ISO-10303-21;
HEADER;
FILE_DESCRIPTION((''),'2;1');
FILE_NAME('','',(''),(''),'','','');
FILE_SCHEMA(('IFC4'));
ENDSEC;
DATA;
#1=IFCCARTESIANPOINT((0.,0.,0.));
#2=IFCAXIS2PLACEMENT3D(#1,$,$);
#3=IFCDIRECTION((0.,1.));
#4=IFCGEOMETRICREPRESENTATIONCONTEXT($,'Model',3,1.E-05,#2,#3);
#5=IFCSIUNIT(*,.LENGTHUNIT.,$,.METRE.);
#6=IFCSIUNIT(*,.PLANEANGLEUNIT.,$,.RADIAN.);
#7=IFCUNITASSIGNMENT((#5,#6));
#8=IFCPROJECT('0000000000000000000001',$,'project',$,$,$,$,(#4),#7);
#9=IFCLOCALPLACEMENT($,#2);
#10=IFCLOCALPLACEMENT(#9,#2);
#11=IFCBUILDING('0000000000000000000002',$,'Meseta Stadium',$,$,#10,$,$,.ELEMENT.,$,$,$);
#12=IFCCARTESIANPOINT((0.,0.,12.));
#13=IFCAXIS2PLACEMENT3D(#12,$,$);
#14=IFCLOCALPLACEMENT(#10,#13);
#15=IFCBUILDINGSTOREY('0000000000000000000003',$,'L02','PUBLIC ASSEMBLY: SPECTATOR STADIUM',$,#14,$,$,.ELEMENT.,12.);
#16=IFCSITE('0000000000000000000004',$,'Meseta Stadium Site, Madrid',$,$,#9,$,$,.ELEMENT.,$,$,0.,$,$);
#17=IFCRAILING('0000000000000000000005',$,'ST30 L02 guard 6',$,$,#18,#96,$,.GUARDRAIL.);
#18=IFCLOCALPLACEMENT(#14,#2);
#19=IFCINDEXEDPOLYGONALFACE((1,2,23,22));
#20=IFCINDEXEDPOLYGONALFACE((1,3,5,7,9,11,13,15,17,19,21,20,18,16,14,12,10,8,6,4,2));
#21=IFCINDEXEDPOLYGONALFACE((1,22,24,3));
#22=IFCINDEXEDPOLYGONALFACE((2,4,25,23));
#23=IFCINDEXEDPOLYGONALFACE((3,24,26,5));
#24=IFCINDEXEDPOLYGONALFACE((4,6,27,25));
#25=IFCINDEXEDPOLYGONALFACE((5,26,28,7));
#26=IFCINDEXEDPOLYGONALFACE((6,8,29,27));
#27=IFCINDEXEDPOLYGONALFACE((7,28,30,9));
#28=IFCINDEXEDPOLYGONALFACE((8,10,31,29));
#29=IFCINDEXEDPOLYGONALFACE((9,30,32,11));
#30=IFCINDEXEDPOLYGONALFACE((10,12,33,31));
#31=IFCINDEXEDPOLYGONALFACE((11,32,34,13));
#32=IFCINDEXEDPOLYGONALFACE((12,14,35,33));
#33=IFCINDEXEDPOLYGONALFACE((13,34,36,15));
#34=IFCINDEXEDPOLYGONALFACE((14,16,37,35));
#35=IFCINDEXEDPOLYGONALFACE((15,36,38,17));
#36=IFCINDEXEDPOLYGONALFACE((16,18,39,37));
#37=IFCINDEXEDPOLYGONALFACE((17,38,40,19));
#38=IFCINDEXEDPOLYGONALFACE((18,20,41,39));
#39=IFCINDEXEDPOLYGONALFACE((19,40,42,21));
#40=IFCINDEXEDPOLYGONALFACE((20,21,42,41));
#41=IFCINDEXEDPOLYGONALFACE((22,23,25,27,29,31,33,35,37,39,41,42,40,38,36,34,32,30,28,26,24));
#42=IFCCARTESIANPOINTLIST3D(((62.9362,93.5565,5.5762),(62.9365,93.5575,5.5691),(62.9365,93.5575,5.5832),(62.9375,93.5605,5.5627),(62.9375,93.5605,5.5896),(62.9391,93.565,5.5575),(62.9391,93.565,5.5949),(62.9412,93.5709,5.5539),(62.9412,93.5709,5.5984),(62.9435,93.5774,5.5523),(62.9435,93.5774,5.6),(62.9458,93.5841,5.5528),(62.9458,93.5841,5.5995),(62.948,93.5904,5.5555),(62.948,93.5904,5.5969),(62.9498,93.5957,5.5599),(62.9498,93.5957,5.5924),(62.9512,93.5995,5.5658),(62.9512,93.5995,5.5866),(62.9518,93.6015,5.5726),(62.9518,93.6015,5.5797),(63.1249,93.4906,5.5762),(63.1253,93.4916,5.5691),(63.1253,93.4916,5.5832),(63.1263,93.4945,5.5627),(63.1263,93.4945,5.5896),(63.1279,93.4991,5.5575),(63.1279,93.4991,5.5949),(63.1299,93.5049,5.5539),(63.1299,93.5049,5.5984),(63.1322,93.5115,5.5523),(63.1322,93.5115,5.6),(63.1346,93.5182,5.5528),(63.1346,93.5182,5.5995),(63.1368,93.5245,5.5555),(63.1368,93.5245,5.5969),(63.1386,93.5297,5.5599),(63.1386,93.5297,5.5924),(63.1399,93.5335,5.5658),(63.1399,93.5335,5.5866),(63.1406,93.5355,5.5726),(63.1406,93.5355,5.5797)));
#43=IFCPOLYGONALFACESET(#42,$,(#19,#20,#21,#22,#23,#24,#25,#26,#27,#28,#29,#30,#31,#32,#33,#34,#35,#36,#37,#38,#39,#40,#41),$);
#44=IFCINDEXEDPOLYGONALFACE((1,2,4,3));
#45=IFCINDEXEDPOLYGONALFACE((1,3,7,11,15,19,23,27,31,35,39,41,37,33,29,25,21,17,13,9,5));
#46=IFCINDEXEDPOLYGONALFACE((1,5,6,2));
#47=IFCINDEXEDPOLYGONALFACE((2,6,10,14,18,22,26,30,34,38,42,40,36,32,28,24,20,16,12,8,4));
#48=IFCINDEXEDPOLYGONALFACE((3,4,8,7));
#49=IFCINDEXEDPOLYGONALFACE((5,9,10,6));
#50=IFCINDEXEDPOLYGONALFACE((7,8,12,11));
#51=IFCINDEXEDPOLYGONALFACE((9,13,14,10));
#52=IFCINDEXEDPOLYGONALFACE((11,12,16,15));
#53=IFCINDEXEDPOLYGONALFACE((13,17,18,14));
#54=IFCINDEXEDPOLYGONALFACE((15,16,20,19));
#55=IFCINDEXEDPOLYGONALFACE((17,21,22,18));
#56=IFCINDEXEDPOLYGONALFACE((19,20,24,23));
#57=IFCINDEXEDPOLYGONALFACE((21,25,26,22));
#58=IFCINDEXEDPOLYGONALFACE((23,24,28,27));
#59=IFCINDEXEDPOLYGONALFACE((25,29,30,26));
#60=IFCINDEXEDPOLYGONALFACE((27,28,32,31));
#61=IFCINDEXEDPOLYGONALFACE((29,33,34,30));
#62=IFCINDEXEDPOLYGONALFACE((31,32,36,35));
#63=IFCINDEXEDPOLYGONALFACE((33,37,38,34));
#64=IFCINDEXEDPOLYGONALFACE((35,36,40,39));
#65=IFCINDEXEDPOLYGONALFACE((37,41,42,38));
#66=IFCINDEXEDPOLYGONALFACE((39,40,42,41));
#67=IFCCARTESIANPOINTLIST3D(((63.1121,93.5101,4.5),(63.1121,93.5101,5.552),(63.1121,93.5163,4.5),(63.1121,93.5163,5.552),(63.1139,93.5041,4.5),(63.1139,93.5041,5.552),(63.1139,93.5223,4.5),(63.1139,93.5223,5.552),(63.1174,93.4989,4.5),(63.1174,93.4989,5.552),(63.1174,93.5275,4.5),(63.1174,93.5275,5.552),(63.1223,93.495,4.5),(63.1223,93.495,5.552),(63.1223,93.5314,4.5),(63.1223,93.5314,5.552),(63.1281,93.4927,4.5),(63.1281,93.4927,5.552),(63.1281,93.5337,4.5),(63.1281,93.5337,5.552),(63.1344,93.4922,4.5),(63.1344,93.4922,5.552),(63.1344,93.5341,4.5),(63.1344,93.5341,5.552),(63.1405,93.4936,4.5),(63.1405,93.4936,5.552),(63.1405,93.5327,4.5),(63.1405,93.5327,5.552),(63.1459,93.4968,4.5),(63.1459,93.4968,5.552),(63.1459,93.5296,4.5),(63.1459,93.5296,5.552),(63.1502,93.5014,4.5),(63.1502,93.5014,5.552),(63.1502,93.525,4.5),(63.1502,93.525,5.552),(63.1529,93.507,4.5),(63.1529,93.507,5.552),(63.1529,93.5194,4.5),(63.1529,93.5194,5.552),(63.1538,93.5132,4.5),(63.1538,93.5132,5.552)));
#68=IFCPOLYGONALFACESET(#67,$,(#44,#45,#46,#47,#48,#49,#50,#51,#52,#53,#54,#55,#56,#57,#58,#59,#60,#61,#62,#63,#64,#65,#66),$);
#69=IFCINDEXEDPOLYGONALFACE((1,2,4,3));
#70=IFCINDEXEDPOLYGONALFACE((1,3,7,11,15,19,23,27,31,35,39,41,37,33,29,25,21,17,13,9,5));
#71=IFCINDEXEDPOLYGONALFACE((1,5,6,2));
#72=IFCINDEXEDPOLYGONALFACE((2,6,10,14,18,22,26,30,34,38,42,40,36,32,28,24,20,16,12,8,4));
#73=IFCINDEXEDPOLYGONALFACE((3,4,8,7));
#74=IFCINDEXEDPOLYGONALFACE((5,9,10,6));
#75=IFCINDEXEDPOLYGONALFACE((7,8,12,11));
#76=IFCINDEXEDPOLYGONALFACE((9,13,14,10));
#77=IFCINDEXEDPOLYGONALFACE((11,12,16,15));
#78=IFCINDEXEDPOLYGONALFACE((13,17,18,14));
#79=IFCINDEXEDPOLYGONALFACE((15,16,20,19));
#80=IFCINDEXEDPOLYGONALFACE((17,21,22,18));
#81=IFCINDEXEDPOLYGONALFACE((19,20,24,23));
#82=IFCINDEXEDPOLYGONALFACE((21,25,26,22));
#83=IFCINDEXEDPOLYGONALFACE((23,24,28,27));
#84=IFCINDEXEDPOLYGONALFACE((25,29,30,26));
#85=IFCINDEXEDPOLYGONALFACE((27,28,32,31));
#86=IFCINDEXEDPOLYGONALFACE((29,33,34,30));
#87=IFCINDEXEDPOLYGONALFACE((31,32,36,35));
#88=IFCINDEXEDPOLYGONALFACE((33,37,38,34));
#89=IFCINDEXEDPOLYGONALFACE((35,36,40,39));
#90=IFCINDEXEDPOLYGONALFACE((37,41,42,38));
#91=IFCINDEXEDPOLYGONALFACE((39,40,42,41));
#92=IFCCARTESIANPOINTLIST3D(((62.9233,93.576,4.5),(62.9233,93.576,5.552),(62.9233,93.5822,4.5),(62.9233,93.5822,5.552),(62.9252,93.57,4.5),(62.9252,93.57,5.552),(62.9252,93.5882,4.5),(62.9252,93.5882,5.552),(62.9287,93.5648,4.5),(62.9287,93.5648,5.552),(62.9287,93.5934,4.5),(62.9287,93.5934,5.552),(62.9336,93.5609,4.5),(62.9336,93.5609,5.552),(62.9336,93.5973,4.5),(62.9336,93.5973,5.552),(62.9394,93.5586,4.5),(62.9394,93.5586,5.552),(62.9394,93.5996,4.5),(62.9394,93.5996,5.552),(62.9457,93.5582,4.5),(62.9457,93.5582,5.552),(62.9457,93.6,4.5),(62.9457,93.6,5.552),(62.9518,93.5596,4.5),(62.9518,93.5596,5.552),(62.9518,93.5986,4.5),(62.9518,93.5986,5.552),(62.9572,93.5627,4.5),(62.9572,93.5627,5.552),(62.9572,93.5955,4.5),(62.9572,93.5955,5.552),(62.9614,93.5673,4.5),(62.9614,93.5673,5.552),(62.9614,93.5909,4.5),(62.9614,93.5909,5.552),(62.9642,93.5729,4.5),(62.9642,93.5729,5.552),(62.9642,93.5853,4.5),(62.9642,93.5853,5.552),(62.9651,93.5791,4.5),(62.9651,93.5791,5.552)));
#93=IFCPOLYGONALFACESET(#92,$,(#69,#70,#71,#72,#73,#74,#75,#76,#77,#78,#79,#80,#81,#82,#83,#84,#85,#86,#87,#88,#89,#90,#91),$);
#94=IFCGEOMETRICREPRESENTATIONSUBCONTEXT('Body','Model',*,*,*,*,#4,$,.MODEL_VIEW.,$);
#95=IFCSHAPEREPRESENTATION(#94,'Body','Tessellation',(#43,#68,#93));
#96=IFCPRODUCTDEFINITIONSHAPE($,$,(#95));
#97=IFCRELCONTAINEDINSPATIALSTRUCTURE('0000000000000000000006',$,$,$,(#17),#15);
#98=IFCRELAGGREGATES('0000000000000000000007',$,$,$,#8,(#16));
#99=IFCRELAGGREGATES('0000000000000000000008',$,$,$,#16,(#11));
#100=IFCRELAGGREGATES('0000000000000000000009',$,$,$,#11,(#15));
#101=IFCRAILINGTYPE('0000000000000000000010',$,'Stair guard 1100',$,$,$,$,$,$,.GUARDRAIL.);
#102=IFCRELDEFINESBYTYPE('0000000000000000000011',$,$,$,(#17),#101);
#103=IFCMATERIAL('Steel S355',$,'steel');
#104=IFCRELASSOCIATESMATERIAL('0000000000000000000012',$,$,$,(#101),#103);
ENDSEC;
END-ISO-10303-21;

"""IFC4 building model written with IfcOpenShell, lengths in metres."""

from ifc_helpers import new_model, si_unit, direction, frame, origin, origin_2d, place, context, subcontext, project, spatial, circle, extrude, material, type_object, element, save


model = new_model("IFC4")

# Units and contexts
model_context = context("Model", 3, precision=1e-05, world=origin(), true_north=direction((0.0, 1.0)))
body_context = subcontext(model_context, "Body", "Model", "MODEL_VIEW")
ifc_project = project(units=[si_unit("LENGTHUNIT", "METRE"), si_unit("PLANEANGLEUNIT", "RADIAN")], contexts=[model_context])

# Site, building, storey
site_placement = place(None, origin())
site = spatial("IfcSite", under=ifc_project, at=site_placement, Name="Meseta Stadium Site, Madrid", CompositionType="ELEMENT", RefElevation=0.0)
building_placement = place(site_placement, origin())
building = spatial("IfcBuilding", under=site, at=building_placement, Name="Meseta Stadium", CompositionType="ELEMENT")
storey_placement = place(building_placement, frame((0.0, 0.0, 12.0)))
storey = spatial("IfcBuildingStorey", under=building, at=storey_placement, Name="L02", Description="PUBLIC ASSEMBLY: SPECTATOR STADIUM", CompositionType="ELEMENT", Elevation=12.0)

# Railing
ifc_material_1 = material(Name="Steel S355", Category="steel")
railing_type_1 = type_object("IfcRailingType", Name="Stair guard 1100", PredefinedType="GUARDRAIL", material=ifc_material_1)
railing_1_placement = place(storey_placement, frame((63.1328, 93.5132, 4.5)))
element("IfcRailing", 1, at=railing_1_placement, inside=storey, type_object=railing_type_1, Name="ST30 L02 guard 6", PredefinedType="GUARDRAIL", context=body_context, shape_type="SweptSolid", body=[
    extrude(circle(Radius=0.0239, at=origin_2d()), frame((0.0, 0.0, 1.0762), z_axis=(-0.944068, 0.329752, 0.0), x_axis=(-0.329752, -0.944068, 0.0)), (0.0, 0.0, 1.0), 0.2),
    extrude(circle(Radius=0.021, at=origin_2d()), origin(), (0.0, 0.0, 1.0), 1.052),
    extrude(circle(Radius=0.021, at=origin_2d()), frame((-0.1887, 0.0659, 0.0)), (0.0, 0.0, 1.0), 1.052),
])

save(model, "model.ifc")
